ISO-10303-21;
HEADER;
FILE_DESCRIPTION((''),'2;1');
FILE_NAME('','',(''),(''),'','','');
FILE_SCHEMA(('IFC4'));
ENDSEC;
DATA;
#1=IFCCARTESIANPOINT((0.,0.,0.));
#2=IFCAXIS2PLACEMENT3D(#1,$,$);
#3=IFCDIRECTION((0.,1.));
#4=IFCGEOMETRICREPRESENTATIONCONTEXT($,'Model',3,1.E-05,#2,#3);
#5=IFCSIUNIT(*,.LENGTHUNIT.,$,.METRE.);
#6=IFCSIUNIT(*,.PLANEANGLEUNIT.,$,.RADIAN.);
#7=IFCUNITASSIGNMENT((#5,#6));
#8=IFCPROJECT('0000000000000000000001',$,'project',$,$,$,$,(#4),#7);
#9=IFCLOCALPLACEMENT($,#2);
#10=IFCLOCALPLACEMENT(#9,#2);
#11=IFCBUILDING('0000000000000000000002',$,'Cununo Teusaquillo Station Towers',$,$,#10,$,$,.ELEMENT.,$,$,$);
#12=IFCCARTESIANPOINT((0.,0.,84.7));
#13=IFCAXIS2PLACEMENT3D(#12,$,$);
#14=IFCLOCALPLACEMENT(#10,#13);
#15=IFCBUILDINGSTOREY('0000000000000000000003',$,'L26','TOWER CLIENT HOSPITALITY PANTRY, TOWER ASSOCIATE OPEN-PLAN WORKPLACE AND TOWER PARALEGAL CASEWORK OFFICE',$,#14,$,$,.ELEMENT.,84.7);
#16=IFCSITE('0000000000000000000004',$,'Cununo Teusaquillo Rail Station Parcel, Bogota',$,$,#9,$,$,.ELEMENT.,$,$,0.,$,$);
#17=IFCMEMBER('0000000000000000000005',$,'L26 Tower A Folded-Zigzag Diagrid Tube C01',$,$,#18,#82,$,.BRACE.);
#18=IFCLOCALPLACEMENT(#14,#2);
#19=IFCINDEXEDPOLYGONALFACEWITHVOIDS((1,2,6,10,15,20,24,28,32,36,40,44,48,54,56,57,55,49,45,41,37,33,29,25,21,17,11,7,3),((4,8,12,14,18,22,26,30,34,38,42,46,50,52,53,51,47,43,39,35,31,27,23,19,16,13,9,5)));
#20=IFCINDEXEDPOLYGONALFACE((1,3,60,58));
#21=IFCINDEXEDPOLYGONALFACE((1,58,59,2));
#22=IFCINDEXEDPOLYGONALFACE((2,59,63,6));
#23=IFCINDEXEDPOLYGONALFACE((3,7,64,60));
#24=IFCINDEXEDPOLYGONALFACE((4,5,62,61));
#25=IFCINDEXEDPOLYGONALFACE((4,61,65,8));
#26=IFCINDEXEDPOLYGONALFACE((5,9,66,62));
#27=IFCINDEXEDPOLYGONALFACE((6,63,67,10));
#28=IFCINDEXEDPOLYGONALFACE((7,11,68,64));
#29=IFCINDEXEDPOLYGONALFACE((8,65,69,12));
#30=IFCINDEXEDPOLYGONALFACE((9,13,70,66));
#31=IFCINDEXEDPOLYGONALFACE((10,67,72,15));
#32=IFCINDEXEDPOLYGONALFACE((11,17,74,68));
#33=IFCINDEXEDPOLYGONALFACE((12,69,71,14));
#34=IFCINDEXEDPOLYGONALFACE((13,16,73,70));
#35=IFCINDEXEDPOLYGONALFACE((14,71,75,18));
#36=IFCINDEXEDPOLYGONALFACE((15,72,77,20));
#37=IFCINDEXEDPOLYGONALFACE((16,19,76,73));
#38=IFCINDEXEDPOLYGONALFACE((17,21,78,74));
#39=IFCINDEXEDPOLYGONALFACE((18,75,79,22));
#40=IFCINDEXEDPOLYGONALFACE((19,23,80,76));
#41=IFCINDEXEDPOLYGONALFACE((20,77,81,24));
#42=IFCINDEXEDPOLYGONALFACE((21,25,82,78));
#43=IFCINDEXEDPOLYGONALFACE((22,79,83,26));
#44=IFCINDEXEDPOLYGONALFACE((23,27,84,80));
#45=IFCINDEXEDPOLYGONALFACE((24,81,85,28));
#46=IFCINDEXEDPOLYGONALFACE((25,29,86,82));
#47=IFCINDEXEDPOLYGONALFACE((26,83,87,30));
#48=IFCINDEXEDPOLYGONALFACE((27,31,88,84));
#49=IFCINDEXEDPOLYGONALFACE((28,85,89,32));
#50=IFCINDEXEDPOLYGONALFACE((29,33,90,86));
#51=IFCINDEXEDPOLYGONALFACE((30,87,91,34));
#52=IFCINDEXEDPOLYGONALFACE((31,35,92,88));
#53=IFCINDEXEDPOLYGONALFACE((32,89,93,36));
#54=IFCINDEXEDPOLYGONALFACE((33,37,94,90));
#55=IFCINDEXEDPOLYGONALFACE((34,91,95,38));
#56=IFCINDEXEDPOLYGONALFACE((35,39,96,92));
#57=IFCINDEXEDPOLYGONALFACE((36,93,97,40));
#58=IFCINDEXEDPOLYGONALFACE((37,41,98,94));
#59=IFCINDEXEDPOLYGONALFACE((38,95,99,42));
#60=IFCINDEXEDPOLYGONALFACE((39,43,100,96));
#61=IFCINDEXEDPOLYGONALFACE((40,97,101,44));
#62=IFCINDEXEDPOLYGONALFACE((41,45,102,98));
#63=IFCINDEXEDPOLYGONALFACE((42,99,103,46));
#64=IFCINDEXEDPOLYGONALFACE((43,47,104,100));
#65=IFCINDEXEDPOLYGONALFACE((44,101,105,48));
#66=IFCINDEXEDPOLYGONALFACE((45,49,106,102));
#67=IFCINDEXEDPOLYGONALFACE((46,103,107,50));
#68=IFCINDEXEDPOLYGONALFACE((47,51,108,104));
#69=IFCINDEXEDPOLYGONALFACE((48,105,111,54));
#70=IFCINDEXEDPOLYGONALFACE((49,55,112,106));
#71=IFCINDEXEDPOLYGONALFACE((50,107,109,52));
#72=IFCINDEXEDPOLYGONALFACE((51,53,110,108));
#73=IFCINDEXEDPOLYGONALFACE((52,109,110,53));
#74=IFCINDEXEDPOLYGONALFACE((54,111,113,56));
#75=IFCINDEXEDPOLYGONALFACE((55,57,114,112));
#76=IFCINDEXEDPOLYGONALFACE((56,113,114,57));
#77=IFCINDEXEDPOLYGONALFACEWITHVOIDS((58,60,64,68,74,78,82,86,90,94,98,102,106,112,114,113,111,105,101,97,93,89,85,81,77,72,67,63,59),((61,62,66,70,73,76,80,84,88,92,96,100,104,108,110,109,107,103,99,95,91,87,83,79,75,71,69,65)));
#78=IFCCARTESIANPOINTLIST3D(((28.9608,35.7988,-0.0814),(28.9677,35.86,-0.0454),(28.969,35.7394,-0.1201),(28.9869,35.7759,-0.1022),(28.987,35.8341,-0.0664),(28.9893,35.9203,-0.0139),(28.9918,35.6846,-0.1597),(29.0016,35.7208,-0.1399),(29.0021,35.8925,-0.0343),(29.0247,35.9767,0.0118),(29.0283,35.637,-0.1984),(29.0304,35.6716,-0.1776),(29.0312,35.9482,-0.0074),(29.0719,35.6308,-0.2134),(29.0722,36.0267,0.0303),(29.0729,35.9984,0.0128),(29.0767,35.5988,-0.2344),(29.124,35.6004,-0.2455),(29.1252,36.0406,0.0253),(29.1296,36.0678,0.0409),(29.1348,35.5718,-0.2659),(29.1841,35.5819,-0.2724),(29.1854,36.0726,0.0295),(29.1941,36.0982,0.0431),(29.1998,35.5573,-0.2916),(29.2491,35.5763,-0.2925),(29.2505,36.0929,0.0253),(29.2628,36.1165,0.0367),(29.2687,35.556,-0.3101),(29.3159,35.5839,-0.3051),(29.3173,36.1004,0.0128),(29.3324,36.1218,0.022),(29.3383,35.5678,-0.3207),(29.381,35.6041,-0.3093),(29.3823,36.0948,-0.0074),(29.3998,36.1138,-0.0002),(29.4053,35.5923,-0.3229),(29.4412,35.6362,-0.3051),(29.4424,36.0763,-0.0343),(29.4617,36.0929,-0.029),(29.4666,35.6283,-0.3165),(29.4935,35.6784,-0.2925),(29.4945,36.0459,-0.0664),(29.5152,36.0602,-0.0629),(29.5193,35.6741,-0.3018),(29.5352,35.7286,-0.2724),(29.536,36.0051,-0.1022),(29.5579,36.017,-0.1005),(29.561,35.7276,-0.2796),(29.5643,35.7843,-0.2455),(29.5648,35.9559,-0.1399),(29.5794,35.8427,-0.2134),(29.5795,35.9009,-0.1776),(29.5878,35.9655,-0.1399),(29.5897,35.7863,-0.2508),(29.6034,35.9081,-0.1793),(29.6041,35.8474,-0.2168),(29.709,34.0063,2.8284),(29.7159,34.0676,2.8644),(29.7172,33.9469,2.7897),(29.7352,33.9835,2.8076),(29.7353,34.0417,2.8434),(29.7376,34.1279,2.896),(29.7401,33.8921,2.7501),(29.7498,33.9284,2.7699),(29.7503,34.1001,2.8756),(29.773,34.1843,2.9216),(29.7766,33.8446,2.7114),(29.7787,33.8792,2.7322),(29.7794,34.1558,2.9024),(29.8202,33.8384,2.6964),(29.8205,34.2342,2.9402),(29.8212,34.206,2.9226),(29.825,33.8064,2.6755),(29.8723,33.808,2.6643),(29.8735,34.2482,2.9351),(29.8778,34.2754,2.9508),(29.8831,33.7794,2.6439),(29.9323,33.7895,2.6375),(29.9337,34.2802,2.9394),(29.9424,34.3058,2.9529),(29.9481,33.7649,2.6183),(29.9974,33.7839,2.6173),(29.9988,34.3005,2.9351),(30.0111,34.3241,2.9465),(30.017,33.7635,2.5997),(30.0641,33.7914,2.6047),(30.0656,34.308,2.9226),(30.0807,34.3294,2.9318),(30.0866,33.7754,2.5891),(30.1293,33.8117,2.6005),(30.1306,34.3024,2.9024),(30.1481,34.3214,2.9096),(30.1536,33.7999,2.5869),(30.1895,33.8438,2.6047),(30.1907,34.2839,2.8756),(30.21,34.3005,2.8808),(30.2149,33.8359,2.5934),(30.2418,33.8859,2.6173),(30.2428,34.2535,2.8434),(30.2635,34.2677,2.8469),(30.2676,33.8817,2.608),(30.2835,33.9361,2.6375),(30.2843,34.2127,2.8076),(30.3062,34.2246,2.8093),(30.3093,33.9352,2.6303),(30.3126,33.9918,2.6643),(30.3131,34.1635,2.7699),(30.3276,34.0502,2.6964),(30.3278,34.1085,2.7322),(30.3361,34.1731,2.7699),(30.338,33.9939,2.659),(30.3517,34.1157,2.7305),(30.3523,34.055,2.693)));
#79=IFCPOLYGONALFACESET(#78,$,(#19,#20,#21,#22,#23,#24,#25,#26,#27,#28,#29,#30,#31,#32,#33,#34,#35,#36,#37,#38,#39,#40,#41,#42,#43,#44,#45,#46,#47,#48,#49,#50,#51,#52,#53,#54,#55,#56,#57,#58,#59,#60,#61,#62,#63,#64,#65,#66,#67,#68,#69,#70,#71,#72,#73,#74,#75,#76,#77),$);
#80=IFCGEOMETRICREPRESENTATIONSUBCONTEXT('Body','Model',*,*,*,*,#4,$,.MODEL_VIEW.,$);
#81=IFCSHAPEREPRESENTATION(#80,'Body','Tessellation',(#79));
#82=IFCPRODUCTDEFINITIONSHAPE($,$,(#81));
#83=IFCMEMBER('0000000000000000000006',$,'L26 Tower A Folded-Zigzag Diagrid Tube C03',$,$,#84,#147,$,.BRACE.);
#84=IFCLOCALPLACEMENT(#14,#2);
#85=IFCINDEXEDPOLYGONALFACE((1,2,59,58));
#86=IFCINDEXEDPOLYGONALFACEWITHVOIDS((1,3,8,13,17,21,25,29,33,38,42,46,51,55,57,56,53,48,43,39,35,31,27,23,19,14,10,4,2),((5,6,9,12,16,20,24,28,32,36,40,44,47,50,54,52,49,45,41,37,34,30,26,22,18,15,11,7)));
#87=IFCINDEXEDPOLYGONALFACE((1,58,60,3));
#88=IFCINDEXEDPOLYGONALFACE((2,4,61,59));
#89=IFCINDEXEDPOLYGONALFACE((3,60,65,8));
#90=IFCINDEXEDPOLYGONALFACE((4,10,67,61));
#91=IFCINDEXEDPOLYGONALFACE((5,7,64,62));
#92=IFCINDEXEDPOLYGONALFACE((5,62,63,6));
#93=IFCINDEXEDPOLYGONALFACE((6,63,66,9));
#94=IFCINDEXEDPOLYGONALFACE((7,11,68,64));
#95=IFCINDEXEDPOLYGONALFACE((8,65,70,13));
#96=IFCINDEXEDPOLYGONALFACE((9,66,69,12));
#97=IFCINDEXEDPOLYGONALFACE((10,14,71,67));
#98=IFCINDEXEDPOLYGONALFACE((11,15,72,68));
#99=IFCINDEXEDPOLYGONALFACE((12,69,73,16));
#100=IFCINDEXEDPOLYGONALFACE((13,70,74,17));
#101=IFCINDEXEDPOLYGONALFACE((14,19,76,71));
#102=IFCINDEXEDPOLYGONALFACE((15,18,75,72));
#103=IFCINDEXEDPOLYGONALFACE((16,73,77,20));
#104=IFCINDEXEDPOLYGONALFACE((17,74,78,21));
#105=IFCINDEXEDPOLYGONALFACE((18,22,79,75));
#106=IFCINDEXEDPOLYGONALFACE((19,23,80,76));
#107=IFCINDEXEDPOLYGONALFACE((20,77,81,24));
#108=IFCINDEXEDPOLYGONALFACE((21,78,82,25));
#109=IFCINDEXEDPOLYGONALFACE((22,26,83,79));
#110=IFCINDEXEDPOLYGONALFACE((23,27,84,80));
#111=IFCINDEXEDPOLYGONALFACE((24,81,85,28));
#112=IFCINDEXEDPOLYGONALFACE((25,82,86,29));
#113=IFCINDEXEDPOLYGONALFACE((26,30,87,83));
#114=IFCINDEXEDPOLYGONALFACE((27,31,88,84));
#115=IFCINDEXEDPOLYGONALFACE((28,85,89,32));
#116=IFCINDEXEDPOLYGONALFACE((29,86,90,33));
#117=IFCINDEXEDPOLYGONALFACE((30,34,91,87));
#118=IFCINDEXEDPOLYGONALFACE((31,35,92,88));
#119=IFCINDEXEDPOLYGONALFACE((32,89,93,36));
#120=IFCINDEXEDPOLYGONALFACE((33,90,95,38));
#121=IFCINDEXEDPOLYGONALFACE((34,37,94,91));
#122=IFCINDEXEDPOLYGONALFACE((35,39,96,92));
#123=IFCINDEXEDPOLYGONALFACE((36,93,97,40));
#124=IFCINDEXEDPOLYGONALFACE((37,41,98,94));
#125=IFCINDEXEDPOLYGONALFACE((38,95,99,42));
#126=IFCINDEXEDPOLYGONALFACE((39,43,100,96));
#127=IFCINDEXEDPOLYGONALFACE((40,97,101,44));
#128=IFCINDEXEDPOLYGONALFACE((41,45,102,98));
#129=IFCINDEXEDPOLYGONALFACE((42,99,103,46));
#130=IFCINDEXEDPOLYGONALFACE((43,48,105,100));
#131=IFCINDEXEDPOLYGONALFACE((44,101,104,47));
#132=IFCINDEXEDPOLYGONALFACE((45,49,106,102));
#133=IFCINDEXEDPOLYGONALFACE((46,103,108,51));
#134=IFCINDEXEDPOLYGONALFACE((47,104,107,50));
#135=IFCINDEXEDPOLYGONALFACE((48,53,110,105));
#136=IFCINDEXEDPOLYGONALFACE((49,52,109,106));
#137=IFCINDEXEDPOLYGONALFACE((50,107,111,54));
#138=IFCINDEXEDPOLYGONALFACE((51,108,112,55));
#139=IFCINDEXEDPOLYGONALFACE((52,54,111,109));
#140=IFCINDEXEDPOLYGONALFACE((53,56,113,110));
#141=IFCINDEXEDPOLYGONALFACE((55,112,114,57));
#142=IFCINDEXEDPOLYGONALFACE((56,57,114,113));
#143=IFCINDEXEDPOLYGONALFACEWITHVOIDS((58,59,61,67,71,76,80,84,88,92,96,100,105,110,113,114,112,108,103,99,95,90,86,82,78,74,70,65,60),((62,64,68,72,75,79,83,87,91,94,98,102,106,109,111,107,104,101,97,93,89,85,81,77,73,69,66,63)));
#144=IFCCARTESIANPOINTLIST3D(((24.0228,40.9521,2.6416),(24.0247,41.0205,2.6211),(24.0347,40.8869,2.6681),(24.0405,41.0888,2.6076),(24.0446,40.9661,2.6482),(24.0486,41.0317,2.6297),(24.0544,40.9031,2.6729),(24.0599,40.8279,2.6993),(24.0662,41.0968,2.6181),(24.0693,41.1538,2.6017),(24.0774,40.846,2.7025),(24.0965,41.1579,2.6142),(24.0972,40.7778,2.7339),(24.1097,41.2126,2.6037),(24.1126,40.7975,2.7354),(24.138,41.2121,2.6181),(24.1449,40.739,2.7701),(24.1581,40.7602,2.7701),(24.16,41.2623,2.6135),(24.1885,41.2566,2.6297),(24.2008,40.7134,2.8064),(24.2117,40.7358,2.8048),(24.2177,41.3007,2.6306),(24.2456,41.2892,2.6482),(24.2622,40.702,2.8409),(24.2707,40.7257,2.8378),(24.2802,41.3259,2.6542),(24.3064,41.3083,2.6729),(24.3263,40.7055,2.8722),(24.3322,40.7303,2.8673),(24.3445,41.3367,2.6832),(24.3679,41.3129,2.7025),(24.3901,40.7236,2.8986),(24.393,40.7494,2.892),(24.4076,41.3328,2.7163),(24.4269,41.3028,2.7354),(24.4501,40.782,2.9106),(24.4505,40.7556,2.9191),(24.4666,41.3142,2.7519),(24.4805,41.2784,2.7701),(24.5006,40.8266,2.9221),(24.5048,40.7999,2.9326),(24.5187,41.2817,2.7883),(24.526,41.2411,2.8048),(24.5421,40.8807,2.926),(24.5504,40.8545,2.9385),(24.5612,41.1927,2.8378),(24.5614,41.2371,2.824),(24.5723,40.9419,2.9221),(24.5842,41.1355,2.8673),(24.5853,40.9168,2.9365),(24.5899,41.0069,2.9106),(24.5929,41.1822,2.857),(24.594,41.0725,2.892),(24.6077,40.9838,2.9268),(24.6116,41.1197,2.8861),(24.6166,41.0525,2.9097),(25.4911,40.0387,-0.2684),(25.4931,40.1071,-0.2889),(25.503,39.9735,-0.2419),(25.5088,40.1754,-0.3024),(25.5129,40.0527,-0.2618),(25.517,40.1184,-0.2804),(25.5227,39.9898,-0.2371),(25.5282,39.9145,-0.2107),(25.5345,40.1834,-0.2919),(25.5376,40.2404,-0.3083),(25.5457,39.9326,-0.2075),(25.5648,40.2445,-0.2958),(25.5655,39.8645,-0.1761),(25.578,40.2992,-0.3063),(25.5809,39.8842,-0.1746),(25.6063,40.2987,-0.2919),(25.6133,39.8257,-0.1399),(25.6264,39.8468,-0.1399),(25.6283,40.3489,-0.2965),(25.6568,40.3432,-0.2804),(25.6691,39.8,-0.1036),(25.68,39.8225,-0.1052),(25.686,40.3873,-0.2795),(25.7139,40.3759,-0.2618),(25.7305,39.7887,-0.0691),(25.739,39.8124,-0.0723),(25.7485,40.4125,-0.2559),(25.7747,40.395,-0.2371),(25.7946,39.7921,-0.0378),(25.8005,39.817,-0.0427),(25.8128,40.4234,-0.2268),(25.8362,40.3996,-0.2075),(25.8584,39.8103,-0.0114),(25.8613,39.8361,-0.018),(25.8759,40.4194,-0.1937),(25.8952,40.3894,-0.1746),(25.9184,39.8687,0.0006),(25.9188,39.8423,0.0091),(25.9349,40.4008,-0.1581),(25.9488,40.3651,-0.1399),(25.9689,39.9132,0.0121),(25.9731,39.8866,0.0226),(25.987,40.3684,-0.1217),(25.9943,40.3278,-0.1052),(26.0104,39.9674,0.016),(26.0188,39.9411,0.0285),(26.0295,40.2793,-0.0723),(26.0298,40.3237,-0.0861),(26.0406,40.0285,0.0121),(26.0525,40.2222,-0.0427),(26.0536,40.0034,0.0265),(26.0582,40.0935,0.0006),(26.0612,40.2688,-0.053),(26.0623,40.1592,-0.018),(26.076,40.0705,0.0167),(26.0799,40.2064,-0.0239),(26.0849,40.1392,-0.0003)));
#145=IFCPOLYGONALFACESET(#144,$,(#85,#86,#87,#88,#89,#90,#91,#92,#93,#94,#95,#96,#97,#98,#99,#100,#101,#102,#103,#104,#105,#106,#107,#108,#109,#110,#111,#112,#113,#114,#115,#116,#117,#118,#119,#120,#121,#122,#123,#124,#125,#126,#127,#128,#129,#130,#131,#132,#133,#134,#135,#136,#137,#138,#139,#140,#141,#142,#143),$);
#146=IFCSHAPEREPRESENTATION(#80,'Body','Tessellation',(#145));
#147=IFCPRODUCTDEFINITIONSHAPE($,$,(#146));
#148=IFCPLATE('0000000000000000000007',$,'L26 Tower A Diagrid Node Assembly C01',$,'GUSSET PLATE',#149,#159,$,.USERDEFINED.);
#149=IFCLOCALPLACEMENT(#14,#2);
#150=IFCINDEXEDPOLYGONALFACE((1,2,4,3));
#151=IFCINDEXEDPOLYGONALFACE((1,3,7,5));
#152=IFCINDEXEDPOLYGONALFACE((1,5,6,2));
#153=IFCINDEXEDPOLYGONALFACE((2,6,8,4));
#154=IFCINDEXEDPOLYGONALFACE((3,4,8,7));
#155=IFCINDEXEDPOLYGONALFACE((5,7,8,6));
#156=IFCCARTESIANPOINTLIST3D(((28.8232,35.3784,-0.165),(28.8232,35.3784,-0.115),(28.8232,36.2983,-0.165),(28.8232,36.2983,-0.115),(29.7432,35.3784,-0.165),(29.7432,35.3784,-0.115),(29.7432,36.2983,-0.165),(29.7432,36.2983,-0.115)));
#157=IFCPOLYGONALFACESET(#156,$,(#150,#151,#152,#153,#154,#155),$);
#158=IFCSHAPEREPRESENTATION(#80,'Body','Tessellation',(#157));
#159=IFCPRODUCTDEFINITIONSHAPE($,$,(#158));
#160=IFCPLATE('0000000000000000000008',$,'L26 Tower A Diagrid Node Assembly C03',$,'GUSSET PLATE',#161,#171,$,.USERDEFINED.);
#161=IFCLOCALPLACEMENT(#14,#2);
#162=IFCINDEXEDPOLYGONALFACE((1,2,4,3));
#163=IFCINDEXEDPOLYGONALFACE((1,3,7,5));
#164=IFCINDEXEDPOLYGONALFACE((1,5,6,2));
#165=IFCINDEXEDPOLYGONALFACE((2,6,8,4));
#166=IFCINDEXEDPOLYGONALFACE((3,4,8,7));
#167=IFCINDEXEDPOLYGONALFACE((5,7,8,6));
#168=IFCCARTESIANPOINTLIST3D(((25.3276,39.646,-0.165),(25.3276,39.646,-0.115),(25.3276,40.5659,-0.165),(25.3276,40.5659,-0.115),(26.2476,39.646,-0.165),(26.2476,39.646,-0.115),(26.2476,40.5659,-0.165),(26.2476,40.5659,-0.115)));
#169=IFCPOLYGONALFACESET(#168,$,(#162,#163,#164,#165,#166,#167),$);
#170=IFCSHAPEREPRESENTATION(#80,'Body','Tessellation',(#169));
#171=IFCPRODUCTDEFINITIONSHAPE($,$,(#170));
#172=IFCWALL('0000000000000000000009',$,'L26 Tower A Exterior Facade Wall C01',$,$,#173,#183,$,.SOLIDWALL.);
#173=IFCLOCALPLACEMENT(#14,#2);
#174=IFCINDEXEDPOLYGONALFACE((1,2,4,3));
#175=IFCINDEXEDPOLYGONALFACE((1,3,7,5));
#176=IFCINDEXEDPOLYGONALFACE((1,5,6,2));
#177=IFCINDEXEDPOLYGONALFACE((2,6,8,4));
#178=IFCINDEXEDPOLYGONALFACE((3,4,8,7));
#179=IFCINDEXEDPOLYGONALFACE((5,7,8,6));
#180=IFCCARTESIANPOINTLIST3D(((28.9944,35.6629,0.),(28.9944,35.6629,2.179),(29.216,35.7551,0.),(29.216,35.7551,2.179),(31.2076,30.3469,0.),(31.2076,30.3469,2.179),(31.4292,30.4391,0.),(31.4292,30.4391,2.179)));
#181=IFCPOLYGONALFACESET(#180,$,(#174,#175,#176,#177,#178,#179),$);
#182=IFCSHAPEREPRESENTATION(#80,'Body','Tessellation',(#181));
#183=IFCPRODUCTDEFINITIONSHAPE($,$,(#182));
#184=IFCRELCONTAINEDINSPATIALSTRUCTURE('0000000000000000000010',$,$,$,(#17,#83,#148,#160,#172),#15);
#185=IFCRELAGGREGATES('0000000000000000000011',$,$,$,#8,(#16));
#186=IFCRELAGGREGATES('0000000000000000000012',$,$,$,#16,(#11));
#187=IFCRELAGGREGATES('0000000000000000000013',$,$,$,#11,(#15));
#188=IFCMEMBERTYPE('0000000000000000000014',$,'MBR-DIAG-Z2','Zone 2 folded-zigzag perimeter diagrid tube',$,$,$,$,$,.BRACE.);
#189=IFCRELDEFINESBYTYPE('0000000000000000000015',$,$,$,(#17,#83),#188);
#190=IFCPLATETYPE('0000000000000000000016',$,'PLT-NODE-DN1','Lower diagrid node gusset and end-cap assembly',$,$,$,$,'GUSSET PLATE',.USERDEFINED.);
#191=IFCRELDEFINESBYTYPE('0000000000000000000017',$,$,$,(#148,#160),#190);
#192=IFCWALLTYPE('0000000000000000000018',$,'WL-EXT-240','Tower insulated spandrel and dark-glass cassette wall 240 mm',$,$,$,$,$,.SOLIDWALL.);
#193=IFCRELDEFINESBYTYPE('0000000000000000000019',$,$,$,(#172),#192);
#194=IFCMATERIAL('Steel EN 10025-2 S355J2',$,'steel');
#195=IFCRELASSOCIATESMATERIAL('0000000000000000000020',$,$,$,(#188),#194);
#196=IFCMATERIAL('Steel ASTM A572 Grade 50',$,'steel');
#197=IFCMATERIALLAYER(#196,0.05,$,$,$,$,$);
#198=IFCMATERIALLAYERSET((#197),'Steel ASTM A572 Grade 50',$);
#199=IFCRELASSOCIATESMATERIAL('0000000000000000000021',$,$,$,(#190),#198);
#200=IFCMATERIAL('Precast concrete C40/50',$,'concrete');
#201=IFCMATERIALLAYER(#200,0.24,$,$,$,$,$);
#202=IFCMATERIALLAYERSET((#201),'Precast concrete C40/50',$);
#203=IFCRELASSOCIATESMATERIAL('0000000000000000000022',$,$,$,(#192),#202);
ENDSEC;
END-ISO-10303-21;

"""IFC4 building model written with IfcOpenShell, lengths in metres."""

from ifc_helpers import new_model, si_unit, direction, frame, frame_2d, origin, origin_2d, place, context, subcontext, project, spatial, rectangle, hollow_circle, extrude, source, transform, mapped, material, layer, layer_set, material_profile, profile_set, type_object, element, save


model = new_model("IFC4")

# Units and contexts
model_context = context("Model", 3, precision=1e-05, world=origin(), true_north=direction((0.0, 1.0)))
body_context = subcontext(model_context, "Body", "Model", "MODEL_VIEW")
ifc_project = project(units=[si_unit("LENGTHUNIT", "METRE"), si_unit("PLANEANGLEUNIT", "RADIAN")], contexts=[model_context])

# Site, building, storey
site_placement = place(None, origin())
site = spatial("IfcSite", under=ifc_project, at=site_placement, Name="Cununo Teusaquillo Rail Station Parcel, Bogota", CompositionType="ELEMENT", RefElevation=0.0)
building_placement = place(site_placement, origin())
building = spatial("IfcBuilding", under=site, at=building_placement, Name="Cununo Teusaquillo Station Towers", CompositionType="ELEMENT")
storey_placement = place(building_placement, frame((0.0, 0.0, 84.7)))
storey = spatial("IfcBuildingStorey", under=building, at=storey_placement, Name="L26", Description="TOWER CLIENT HOSPITALITY PANTRY, TOWER ASSOCIATE OPEN-PLAN WORKPLACE AND TOWER PARALEGAL CASEWORK OFFICE", CompositionType="ELEMENT", Elevation=84.7)

# Members
ifc_material_1 = material(Name="Steel EN 10025-2 S355J2", Category="steel")
ifc_material_profile_1 = material_profile(ifc_material_1, hollow_circle(Radius=0.3301, WallThickness=0.0249, at=origin_2d()), Name="CHS 660x25")
ifc_profile_set_1 = profile_set([ifc_material_profile_1], Name="Steel EN 10025-2 S355J2")
member_type = type_object("IfcMemberType", Name="MBR-DIAG-Z2", Description="Zone 2 folded-zigzag perimeter diagrid tube", PredefinedType="BRACE", material=ifc_profile_set_1)
member_1_placement = place(storey_placement, frame((29.2832, 35.8384, -0.1399), z_axis=(0.21388, -0.512336, 0.831726), x_axis=(0.922816, 0.38524, 0.0)))
element("IfcMember", 1, at=member_1_placement, inside=storey, type_object=member_type, Name="L26 Tower A Folded-Zigzag Diagrid Tube C01", PredefinedType="BRACE", context=body_context, shape_type="SweptSolid", body=[
    extrude(hollow_circle(Radius=0.3301, WallThickness=0.0249, at=origin_2d()), origin(), (0.0, 0.0, 1.0), 3.4985),
])
member_2_placement = place(storey_placement, frame((25.7876, 40.106, -0.1399), z_axis=(-0.433768, 0.269825, 0.859674), x_axis=(-0.528196, -0.849123, 0.0)))
element("IfcMember", 2, at=member_2_placement, inside=storey, type_object=member_type, Name="L26 Tower A Folded-Zigzag Diagrid Tube C03", PredefinedType="BRACE", context=body_context, shape_type="SweptSolid", body=[
    extrude(hollow_circle(Radius=0.3301, WallThickness=0.0249, at=origin_2d()), origin(), (0.0, 0.0, 1.0), 3.385),
])

# Plates
ifc_material_2 = material(Name="Steel ASTM A572 Grade 50", Category="steel")
ifc_layer_1 = layer(ifc_material_2, 0.05)
ifc_layer_set_1 = layer_set([ifc_layer_1], Name="Steel ASTM A572 Grade 50")
plate_type = type_object("IfcPlateType", Name="PLT-NODE-DN1", Description="Lower diagrid node gusset and end-cap assembly", ElementType="GUSSET PLATE", PredefinedType="USERDEFINED", material=ifc_layer_set_1)
shared_shape_1 = source(origin(), body_context, "Body", "SweptSolid", [
    extrude(rectangle(XDim=0.9199, YDim=0.9199, at=origin_2d()), origin(), (0.0, 0.0, 1.0), 0.05),
])
for number, where, z_axis, x_axis, name in (
    (3, (29.2832, 35.8384, -0.165), (0.0, 0.0, 1.0), (1.0, 0.0, 0.0), "L26 Tower A Diagrid Node Assembly C01"),
    (4, (25.7876, 40.106, -0.165), (0.0, 0.0, 1.0), (1.0, 0.0, 0.0), "L26 Tower A Diagrid Node Assembly C03"),
):
    element("IfcPlate", number, at=place(storey_placement, frame(where, z_axis=z_axis, x_axis=x_axis)), inside=storey, type_object=plate_type, Name=name, ObjectType="GUSSET PLATE", PredefinedType="USERDEFINED", context=body_context, shape_type="MappedRepresentation", body=[
        mapped(shared_shape_1, transform((0.0, 0.0, 0.0), x_axis=(1.0, 0.0, 0.0), y_axis=(0.0, 1.0, 0.0), z_axis=(0.0, 0.0, 1.0), scale=1.0)),
    ])

# Wall
ifc_material_3 = material(Name="Precast concrete C40/50", Category="concrete")
ifc_layer_2 = layer(ifc_material_3, 0.24)
ifc_layer_set_2 = layer_set([ifc_layer_2], Name="Precast concrete C40/50")
wall_type_1 = type_object("IfcWallType", Name="WL-EXT-240", Description="Tower insulated spandrel and dark-glass cassette wall 240 mm", PredefinedType="SOLIDWALL", material=ifc_layer_set_2)
wall_1_placement = place(storey_placement, frame((29.1052, 35.709, 0.0), z_axis=(0.0, 0.0, 1.0), x_axis=(0.384344, -0.92319, 0.0)))
element("IfcWall", 5, at=wall_1_placement, inside=storey, type_object=wall_type_1, Name="L26 Tower A Exterior Facade Wall C01", PredefinedType="SOLIDWALL", context=body_context, shape_type="SweptSolid", body=[
    extrude(rectangle(XDim=5.7583, YDim=0.24, at=frame_2d((2.8792, 0.0))), origin(), (0.0, 0.0, 1.0), 2.179),
])

save(model, "model.ifc")
